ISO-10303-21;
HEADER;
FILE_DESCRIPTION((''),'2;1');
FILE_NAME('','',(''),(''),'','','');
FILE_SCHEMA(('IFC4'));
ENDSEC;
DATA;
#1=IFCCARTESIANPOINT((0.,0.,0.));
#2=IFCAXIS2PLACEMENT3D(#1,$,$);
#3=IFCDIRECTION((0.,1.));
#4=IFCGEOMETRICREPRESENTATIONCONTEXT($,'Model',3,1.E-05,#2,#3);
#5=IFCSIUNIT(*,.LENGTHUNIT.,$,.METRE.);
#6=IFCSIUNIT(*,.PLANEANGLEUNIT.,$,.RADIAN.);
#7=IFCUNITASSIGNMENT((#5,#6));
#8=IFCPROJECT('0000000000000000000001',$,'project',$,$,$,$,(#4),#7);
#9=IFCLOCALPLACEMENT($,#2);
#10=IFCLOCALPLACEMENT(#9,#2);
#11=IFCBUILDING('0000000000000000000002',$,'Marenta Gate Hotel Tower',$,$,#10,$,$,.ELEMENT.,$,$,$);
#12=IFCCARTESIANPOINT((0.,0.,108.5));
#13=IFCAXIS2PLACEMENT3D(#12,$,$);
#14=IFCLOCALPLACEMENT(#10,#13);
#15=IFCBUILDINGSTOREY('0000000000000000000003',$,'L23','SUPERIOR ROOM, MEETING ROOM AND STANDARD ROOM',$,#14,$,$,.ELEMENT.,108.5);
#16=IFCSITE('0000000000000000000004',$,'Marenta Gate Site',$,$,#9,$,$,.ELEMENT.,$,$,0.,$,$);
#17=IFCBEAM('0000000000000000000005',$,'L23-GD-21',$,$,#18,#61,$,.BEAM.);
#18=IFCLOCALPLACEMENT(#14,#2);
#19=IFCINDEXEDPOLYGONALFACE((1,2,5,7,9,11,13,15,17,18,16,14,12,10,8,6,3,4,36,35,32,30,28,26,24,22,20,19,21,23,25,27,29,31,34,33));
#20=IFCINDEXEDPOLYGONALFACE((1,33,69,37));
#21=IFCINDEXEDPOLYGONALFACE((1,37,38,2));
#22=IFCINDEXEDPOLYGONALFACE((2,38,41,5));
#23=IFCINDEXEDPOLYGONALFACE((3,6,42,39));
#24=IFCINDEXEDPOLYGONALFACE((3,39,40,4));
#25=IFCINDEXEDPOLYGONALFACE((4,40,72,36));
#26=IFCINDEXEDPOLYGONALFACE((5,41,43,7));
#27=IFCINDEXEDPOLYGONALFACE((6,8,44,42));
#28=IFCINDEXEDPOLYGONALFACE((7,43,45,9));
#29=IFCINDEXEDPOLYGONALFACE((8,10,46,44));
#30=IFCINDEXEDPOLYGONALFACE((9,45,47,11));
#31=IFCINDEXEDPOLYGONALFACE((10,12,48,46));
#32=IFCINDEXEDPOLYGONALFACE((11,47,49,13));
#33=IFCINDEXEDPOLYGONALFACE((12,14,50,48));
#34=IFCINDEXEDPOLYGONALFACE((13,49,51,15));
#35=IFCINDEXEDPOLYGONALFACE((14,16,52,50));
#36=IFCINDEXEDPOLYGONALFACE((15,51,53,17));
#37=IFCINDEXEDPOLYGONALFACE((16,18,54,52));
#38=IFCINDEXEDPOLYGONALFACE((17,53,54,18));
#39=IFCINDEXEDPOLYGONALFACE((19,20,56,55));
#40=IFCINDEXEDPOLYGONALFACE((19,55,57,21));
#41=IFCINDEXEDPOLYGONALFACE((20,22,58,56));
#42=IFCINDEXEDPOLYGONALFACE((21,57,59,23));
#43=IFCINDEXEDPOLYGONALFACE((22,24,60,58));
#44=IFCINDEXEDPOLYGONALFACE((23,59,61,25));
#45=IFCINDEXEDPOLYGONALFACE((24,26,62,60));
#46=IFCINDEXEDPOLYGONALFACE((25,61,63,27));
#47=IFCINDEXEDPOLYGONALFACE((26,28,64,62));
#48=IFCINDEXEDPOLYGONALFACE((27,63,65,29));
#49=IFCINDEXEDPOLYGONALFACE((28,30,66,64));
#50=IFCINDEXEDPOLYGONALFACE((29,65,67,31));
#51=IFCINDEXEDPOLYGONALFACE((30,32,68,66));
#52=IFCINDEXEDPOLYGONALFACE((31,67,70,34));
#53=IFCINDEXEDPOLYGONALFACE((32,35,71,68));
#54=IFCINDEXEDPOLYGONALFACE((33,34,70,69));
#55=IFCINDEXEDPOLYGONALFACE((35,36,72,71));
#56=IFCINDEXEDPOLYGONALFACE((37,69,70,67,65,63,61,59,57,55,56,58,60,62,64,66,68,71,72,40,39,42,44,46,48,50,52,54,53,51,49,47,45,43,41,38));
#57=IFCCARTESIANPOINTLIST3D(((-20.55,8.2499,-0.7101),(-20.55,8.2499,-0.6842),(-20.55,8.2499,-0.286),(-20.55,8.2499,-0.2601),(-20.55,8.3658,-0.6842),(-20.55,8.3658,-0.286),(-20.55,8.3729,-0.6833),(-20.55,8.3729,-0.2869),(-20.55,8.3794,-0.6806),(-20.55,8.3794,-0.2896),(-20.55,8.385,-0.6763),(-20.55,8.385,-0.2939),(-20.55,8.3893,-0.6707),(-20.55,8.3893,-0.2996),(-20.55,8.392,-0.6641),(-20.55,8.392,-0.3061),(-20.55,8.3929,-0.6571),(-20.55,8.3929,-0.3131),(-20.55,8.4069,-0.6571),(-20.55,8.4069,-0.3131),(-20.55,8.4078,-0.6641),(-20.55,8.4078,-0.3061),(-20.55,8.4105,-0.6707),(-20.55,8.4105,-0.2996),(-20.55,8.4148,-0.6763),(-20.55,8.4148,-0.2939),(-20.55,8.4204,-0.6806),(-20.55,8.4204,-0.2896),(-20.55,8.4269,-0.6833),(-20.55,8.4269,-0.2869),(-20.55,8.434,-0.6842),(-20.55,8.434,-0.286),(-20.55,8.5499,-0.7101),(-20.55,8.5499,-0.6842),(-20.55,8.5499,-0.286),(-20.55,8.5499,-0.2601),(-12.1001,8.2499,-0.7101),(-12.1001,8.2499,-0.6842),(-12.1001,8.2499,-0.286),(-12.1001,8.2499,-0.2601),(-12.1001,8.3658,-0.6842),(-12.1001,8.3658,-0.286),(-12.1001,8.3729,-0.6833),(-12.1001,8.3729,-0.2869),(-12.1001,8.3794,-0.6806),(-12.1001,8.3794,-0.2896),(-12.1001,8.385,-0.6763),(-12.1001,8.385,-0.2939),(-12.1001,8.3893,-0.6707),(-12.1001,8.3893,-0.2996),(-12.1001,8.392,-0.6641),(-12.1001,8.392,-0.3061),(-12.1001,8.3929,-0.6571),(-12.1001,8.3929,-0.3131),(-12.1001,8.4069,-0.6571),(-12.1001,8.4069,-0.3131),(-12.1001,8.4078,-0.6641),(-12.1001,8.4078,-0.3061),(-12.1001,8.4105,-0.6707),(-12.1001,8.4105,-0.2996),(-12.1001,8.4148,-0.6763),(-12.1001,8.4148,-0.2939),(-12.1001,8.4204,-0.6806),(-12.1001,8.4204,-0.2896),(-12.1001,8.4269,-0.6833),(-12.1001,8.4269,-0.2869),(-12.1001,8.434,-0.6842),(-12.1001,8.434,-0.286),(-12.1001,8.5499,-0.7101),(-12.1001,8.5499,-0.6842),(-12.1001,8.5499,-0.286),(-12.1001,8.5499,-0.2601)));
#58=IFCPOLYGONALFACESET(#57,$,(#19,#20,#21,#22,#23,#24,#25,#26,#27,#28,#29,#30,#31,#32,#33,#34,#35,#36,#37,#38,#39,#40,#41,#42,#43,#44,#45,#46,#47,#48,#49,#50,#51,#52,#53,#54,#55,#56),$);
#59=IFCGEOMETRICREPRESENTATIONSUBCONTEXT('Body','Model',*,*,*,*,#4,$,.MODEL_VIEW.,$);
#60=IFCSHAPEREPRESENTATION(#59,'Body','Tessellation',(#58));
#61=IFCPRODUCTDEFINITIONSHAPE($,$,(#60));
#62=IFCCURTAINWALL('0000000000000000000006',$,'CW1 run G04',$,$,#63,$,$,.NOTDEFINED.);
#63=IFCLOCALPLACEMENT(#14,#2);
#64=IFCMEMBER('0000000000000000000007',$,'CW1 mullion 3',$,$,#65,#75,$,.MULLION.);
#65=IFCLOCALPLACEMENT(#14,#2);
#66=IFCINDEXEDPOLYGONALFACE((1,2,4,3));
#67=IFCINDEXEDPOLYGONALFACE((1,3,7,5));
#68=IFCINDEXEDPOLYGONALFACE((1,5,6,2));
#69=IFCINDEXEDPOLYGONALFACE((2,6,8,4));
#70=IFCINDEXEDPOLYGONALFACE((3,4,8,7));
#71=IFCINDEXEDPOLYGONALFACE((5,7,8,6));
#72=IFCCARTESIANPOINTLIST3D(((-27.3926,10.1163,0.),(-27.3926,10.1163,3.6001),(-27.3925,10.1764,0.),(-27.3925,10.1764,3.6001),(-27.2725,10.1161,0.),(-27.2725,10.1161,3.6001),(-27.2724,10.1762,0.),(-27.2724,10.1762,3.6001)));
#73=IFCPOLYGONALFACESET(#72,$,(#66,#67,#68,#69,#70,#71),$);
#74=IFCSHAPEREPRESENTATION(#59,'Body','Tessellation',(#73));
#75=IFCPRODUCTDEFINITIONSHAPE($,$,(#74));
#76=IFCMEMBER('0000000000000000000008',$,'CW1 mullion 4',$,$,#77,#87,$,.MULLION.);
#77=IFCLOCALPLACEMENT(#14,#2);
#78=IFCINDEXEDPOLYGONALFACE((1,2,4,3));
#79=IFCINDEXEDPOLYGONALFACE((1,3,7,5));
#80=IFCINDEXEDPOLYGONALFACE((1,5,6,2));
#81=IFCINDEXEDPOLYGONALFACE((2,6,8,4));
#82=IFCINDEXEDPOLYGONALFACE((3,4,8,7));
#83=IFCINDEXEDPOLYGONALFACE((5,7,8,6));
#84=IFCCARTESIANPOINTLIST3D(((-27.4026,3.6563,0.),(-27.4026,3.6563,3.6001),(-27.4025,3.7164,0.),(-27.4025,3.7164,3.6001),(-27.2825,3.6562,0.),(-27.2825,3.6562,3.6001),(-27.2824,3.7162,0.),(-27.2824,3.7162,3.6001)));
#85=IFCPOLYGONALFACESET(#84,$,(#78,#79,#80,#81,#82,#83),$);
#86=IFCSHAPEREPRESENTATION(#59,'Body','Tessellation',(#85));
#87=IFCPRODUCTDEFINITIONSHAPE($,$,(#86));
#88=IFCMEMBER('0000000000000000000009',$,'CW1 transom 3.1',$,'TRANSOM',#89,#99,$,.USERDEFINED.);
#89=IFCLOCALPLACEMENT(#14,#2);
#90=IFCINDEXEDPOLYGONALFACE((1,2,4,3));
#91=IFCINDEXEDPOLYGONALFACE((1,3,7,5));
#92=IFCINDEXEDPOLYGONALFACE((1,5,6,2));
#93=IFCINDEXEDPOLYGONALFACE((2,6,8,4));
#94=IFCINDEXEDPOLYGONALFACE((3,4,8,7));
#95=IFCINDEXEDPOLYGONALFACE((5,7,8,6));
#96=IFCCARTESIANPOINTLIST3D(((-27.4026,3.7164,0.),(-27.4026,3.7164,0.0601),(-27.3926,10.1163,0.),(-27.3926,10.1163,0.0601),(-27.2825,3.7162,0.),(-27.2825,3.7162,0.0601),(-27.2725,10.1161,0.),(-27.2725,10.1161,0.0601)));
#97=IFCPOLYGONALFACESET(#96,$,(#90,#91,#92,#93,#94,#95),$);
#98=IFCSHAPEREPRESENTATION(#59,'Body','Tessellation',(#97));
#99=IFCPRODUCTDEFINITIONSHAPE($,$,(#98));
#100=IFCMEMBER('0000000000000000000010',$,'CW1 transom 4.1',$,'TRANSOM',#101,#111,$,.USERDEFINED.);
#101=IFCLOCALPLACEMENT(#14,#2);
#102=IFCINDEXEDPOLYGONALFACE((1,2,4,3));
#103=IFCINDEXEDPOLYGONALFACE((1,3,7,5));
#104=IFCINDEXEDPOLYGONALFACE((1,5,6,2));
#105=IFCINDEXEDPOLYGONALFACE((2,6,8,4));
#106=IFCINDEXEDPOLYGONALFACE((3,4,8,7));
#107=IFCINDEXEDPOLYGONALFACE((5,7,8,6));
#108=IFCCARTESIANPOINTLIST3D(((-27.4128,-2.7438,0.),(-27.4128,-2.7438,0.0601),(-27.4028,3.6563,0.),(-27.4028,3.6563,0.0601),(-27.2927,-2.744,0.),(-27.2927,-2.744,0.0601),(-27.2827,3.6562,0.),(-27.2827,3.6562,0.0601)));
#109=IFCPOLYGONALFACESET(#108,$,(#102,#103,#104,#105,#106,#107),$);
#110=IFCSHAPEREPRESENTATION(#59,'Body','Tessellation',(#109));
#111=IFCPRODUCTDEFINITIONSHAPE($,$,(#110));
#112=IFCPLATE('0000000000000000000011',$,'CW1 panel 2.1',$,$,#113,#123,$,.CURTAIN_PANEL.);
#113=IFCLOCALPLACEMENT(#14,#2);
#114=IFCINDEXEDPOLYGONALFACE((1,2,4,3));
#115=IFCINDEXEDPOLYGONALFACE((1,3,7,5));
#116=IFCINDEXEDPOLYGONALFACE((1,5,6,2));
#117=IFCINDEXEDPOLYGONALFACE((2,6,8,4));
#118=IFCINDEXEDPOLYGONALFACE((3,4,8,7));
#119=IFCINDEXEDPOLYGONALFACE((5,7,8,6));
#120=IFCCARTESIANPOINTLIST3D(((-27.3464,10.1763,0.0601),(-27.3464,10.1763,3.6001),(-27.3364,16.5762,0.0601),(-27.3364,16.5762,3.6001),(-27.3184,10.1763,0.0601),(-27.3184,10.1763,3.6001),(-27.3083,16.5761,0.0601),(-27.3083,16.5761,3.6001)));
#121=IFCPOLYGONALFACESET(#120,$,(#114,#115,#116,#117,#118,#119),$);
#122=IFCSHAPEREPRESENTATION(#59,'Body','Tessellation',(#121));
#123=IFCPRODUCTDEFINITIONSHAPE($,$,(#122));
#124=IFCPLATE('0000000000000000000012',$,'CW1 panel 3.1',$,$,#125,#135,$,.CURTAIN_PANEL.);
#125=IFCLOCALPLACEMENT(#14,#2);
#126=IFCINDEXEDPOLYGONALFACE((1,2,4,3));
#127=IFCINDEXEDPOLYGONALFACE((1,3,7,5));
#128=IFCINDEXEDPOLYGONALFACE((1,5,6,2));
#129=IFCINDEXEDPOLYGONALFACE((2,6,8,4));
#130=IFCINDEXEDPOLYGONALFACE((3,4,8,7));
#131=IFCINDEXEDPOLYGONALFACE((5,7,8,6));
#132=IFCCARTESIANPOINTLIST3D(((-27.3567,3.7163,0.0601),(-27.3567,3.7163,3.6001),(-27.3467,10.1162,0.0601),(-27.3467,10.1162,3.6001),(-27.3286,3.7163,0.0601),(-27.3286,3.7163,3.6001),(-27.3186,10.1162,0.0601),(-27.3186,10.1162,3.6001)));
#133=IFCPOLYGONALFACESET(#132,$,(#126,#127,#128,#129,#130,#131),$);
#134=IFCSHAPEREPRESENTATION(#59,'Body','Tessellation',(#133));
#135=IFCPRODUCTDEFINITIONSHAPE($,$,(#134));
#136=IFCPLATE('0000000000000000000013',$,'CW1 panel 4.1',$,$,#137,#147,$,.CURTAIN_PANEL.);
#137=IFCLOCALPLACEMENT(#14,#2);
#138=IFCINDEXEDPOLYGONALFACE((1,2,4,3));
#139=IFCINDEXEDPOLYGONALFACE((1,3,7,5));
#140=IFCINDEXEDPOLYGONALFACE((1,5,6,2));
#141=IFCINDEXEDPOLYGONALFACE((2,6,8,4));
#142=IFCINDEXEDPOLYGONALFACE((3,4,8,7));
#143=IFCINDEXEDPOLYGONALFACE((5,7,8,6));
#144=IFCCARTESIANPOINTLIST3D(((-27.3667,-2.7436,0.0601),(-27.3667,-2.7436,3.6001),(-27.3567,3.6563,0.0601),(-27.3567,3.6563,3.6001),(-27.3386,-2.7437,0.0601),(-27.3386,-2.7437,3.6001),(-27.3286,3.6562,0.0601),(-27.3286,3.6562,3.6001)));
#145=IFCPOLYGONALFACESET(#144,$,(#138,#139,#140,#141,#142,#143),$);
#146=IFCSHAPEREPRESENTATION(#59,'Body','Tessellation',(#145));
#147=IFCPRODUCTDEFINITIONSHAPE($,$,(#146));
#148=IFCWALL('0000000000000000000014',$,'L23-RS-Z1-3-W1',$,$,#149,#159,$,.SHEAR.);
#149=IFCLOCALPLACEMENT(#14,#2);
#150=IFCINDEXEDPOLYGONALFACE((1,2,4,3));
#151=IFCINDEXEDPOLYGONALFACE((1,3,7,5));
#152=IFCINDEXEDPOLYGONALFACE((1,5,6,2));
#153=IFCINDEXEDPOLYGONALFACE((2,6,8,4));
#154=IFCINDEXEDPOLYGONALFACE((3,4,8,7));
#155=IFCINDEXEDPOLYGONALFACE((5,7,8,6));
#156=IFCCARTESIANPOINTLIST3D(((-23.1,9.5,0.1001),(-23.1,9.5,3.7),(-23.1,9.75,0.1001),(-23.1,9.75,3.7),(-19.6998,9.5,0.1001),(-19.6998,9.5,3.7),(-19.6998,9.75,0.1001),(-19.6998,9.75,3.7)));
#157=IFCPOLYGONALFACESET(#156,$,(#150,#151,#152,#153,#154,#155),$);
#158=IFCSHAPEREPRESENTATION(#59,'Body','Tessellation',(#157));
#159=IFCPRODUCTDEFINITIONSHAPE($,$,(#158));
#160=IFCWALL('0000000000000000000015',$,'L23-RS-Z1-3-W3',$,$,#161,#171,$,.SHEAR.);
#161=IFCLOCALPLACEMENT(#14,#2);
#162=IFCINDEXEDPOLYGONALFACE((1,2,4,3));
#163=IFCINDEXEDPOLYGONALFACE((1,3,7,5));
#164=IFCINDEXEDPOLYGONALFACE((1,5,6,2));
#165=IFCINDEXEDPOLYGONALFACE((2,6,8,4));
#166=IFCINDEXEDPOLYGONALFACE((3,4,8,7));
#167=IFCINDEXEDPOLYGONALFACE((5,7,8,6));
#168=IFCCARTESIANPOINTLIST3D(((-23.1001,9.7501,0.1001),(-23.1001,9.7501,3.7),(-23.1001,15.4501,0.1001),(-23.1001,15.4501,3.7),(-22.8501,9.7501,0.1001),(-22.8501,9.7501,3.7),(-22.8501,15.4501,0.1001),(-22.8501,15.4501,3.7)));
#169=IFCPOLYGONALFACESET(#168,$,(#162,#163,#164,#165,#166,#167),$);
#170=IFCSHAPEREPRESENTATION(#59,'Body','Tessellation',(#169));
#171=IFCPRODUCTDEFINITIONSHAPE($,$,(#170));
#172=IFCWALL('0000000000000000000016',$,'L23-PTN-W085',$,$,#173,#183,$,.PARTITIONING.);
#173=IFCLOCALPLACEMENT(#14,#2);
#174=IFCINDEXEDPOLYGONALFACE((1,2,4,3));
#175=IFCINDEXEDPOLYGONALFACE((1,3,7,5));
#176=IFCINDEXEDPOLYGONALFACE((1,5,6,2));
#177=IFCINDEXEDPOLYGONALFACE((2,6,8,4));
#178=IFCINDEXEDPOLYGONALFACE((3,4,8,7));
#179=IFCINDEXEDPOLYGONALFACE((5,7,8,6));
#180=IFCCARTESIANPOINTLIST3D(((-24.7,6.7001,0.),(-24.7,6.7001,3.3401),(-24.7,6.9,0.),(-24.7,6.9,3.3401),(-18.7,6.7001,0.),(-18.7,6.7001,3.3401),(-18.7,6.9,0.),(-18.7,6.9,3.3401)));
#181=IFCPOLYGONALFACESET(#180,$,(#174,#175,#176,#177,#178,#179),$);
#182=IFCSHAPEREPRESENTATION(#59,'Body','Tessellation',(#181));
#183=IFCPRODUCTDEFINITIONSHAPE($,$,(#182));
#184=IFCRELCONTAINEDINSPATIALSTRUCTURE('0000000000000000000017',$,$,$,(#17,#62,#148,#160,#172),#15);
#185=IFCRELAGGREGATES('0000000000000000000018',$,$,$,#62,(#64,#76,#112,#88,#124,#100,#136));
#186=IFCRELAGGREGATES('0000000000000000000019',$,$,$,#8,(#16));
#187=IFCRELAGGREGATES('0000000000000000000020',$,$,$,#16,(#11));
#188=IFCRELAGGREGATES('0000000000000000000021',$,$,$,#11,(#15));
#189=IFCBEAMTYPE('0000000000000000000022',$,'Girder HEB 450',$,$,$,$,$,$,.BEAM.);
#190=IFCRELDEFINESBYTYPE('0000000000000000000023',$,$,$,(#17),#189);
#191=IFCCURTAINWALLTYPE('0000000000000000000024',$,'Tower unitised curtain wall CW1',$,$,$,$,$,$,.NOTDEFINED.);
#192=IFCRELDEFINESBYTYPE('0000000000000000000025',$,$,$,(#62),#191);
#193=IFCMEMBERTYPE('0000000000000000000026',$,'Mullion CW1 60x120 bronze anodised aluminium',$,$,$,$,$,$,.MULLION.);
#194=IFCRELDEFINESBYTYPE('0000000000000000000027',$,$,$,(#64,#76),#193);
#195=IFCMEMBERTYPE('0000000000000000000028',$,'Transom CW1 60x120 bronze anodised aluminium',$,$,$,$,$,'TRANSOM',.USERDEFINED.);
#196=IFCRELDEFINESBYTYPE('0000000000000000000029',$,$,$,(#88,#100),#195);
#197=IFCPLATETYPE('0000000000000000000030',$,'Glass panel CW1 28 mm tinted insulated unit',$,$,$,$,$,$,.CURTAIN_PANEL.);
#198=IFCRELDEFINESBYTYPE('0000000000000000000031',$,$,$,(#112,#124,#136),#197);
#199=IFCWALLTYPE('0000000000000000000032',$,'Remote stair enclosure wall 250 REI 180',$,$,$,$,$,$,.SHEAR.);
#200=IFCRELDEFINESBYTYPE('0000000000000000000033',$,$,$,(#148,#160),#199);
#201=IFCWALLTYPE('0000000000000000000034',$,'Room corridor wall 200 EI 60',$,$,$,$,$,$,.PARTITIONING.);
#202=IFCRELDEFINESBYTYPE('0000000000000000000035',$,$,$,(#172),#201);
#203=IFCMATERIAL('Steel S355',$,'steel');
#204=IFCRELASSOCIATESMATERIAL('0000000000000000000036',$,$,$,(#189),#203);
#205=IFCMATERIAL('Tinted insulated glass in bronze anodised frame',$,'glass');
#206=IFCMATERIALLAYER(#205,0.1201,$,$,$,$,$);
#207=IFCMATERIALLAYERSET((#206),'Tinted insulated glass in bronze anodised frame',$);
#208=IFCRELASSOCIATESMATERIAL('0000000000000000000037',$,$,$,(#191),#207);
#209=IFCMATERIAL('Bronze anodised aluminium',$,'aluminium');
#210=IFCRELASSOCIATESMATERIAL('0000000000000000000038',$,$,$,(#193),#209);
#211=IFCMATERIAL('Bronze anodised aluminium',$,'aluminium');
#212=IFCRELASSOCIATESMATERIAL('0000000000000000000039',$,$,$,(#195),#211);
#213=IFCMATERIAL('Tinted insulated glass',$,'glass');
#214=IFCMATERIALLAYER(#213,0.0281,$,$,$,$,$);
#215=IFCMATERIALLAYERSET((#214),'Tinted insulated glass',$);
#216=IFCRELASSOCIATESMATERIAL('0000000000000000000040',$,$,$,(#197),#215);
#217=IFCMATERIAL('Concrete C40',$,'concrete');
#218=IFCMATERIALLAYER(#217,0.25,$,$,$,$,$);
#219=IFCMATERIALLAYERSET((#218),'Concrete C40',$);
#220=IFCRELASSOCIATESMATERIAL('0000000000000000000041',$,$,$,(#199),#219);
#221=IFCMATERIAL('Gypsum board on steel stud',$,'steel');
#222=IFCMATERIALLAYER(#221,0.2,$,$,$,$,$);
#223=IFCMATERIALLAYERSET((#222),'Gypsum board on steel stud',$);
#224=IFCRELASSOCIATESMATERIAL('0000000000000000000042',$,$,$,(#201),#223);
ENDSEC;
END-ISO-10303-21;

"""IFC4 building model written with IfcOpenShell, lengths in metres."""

from ifc_helpers import new_model, si_unit, direction, frame, frame_2d, origin, origin_2d, place, context, subcontext, project, spatial, rectangle, i_section, extrude, material, layer, layer_set, material_profile, profile_set, type_object, element, aggregate, save


model = new_model("IFC4")

# Units and contexts
model_context = context("Model", 3, precision=1e-05, world=origin(), true_north=direction((0.0, 1.0)))
body_context = subcontext(model_context, "Body", "Model", "MODEL_VIEW")
ifc_project = project(units=[si_unit("LENGTHUNIT", "METRE"), si_unit("PLANEANGLEUNIT", "RADIAN")], contexts=[model_context])

# Site, building, storey
site_placement = place(None, origin())
site = spatial("IfcSite", under=ifc_project, at=site_placement, Name="Marenta Gate Site", CompositionType="ELEMENT", RefElevation=0.0)
building_placement = place(site_placement, origin())
building = spatial("IfcBuilding", under=site, at=building_placement, Name="Marenta Gate Hotel Tower", CompositionType="ELEMENT")
storey_placement = place(building_placement, frame((0.0, 0.0, 108.5)))
storey = spatial("IfcBuildingStorey", under=building, at=storey_placement, Name="L23", Description="SUPERIOR ROOM, MEETING ROOM AND STANDARD ROOM", CompositionType="ELEMENT", Elevation=108.5)

# Beam
ifc_material_1 = material(Name="Steel S355", Category="steel")
ifc_material_profile_1 = material_profile(ifc_material_1, i_section(OverallWidth=0.3, OverallDepth=0.45, WebThickness=0.0139, FlangeThickness=0.0259, FilletRadius=0.0271, at=origin_2d()), Name="HEB 450")
ifc_profile_set_1 = profile_set([ifc_material_profile_1], Name="Steel S355")
beam_type_1 = type_object("IfcBeamType", Name="Girder HEB 450", PredefinedType="BEAM", material=ifc_profile_set_1)
beam_1_placement = place(storey_placement, frame((-20.55, 8.3999, -0.4851), z_axis=(1.0, 0.0, 0.0), x_axis=(0.0, 1.0, 0.0)))
element("IfcBeam", 1, at=beam_1_placement, inside=storey, type_object=beam_type_1, Name="L23-GD-21", PredefinedType="BEAM", context=body_context, shape_type="SweptSolid", body=[
    extrude(i_section(OverallWidth=0.3, OverallDepth=0.45, WebThickness=0.0139, FlangeThickness=0.0259, FilletRadius=0.0271, at=origin_2d()), origin(), (0.0, 0.0, 1.0), 8.45),
])

# Curtain wall, members, plates
ifc_material_2 = material(Name="Tinted insulated glass in bronze anodised frame", Category="glass")
ifc_layer_1 = layer(ifc_material_2, 0.1201)
ifc_layer_set_1 = layer_set([ifc_layer_1], Name="Tinted insulated glass in bronze anodised frame")
curtain_wall_type = type_object("IfcCurtainWallType", Name="Tower unitised curtain wall CW1", PredefinedType="NOTDEFINED", material=ifc_layer_set_1)
curtain_wall_placement = place(storey_placement, origin())
curtain_wall = element("IfcCurtainWall", 2, at=curtain_wall_placement, inside=storey, type_object=curtain_wall_type, Name="CW1 run G04", PredefinedType="NOTDEFINED")
ifc_material_3 = material(Name="Bronze anodised aluminium", Category="aluminium")
ifc_material_profile_2 = material_profile(ifc_material_3, rectangle(XDim=0.1201, YDim=0.0601, at=origin_2d()), Name="Mullion CW1 60x120 bronze anodised aluminium")
ifc_profile_set_2 = profile_set([ifc_material_profile_2], Name="Bronze anodised aluminium")
member_type_1 = type_object("IfcMemberType", Name="Mullion CW1 60x120 bronze anodised aluminium", PredefinedType="MULLION", material=ifc_profile_set_2)
member_1_placement = place(storey_placement, frame((-27.3325, 10.1462, 0.0), z_axis=(0.0, 0.0, 1.0), x_axis=(0.999999, -0.001566, 0.0)))
member_1 = element("IfcMember", 3, at=member_1_placement, type_object=member_type_1, Name="CW1 mullion 3", PredefinedType="MULLION", context=body_context, shape_type="SweptSolid", body=[
    extrude(rectangle(XDim=0.1201, YDim=0.0601, at=origin_2d()), origin(), (0.0, 0.0, 1.0), 3.6001),
])
member_2_placement = place(storey_placement, frame((-27.3425, 3.6863, 0.0), z_axis=(0.0, 0.0, 1.0), x_axis=(0.999999, -0.001566, 0.0)))
member_2 = element("IfcMember", 4, at=member_2_placement, type_object=member_type_1, Name="CW1 mullion 4", PredefinedType="MULLION", context=body_context, shape_type="SweptSolid", body=[
    extrude(rectangle(XDim=0.1201, YDim=0.0601, at=origin_2d()), origin(), (0.0, 0.0, 1.0), 3.6001),
])
ifc_material_4 = material(Name="Bronze anodised aluminium", Category="aluminium")
ifc_material_profile_3 = material_profile(ifc_material_4, rectangle(XDim=0.1201, YDim=0.0601, at=origin_2d()), Name="Transom CW1 60x120 bronze anodised aluminium")
ifc_profile_set_3 = profile_set([ifc_material_profile_3], Name="Bronze anodised aluminium")
member_type_2 = type_object("IfcMemberType", Name="Transom CW1 60x120 bronze anodised aluminium", ElementType="TRANSOM", PredefinedType="USERDEFINED", material=ifc_profile_set_3)
member_3_placement = place(storey_placement, frame((-27.3325, 10.1162, 0.03), z_axis=(-0.001564, -0.999999, 0.0), x_axis=(0.999999, -0.001564, 0.0)))
member_3 = element("IfcMember", 5, at=member_3_placement, type_object=member_type_2, Name="CW1 transom 3.1", ObjectType="TRANSOM", PredefinedType="USERDEFINED", context=body_context, shape_type="SweptSolid", body=[
    extrude(rectangle(XDim=0.1201, YDim=0.0601, at=origin_2d()), origin(), (0.0, 0.0, 1.0), 6.3999),
])
member_4_placement = place(storey_placement, frame((-27.3428, 3.6562, 0.03), z_axis=(-0.001564, -0.999999, 0.0), x_axis=(0.999999, -0.001564, 0.0)))
member_4 = element("IfcMember", 6, at=member_4_placement, type_object=member_type_2, Name="CW1 transom 4.1", ObjectType="TRANSOM", PredefinedType="USERDEFINED", context=body_context, shape_type="SweptSolid", body=[
    extrude(rectangle(XDim=0.1201, YDim=0.0601, at=origin_2d()), origin(), (0.0, 0.0, 1.0), 6.4001),
])
ifc_material_5 = material(Name="Tinted insulated glass", Category="glass")
ifc_layer_2 = layer(ifc_material_5, 0.0281)
ifc_layer_set_2 = layer_set([ifc_layer_2], Name="Tinted insulated glass")
plate_type = type_object("IfcPlateType", Name="Glass panel CW1 28 mm tinted insulated unit", PredefinedType="CURTAIN_PANEL", material=ifc_layer_set_2)
plate_1_placement = place(storey_placement, frame((-27.3274, 13.3762, 0.0601), z_axis=(0.0, 0.0, 1.0), x_axis=(-0.001566, -0.999999, 0.0)))
plate_1 = element("IfcPlate", 7, at=plate_1_placement, type_object=plate_type, Name="CW1 panel 2.1", PredefinedType="CURTAIN_PANEL", context=body_context, shape_type="SweptSolid", body=[
    extrude(rectangle(XDim=6.3999, YDim=0.0281, at=origin_2d()), origin(), (0.0, 0.0, 1.0), 3.54),
])
plate_2_placement = place(storey_placement, frame((-27.3376, 6.9163, 0.0601), z_axis=(0.0, 0.0, 1.0), x_axis=(-0.001566, -0.999999, 0.0)))
plate_2 = element("IfcPlate", 8, at=plate_2_placement, type_object=plate_type, Name="CW1 panel 3.1", PredefinedType="CURTAIN_PANEL", context=body_context, shape_type="SweptSolid", body=[
    extrude(rectangle(XDim=6.3999, YDim=0.0281, at=origin_2d()), origin(), (0.0, 0.0, 1.0), 3.54),
])
plate_3_placement = place(storey_placement, frame((-27.3477, 0.4563, 0.0601), z_axis=(0.0, 0.0, 1.0), x_axis=(-0.001566, -0.999999, 0.0)))
plate_3 = element("IfcPlate", 9, at=plate_3_placement, type_object=plate_type, Name="CW1 panel 4.1", PredefinedType="CURTAIN_PANEL", context=body_context, shape_type="SweptSolid", body=[
    extrude(rectangle(XDim=6.3999, YDim=0.0281, at=origin_2d()), origin(), (0.0, 0.0, 1.0), 3.54),
])
aggregate(curtain_wall, [member_1, member_2, plate_1, member_3, plate_2, member_4, plate_3])

# Walls
ifc_material_6 = material(Name="Concrete C40", Category="concrete")
ifc_layer_3 = layer(ifc_material_6, 0.25)
ifc_layer_set_3 = layer_set([ifc_layer_3], Name="Concrete C40")
wall_type_1 = type_object("IfcWallType", Name="Remote stair enclosure wall 250 REI 180", PredefinedType="SHEAR", material=ifc_layer_set_3)
wall_1_placement = place(storey_placement, frame((-23.1001, 9.625, 0.1001), z_axis=(0.0, 0.0, 1.0), x_axis=(1.0, 0.0, 0.0)))
element("IfcWall", 10, at=wall_1_placement, inside=storey, type_object=wall_type_1, Name="L23-RS-Z1-3-W1", PredefinedType="SHEAR", context=body_context, shape_type="SweptSolid", body=[
    extrude(rectangle(XDim=3.4001, YDim=0.25, at=frame_2d((1.7002, 0.0))), origin(), (0.0, 0.0, 1.0), 3.5999),
])
wall_2_placement = place(storey_placement, frame((-22.9751, 9.75, 0.1001), z_axis=(0.0, 0.0, 1.0), x_axis=(0.0, 1.0, 0.0)))
element("IfcWall", 11, at=wall_2_placement, inside=storey, type_object=wall_type_1, Name="L23-RS-Z1-3-W3", PredefinedType="SHEAR", context=body_context, shape_type="SweptSolid", body=[
    extrude(rectangle(XDim=5.7, YDim=0.25, at=frame_2d((2.8501, 0.0))), origin(), (0.0, 0.0, 1.0), 3.5999),
])
ifc_material_7 = material(Name="Gypsum board on steel stud", Category="steel")
ifc_layer_4 = layer(ifc_material_7, 0.2)
ifc_layer_set_4 = layer_set([ifc_layer_4], Name="Gypsum board on steel stud")
wall_type_2 = type_object("IfcWallType", Name="Room corridor wall 200 EI 60", PredefinedType="PARTITIONING", material=ifc_layer_set_4)
wall_3_placement = place(storey_placement, frame((-24.7, 6.8, 0.0), z_axis=(0.0, 0.0, 1.0), x_axis=(1.0, 0.0, 0.0)))
element("IfcWall", 12, at=wall_3_placement, inside=storey, type_object=wall_type_2, Name="L23-PTN-W085", PredefinedType="PARTITIONING", context=body_context, shape_type="SweptSolid", body=[
    extrude(rectangle(XDim=6.0, YDim=0.2, at=frame_2d((3.0, 0.0))), origin(), (0.0, 0.0, 1.0), 3.3401),
])

save(model, "model.ifc")
